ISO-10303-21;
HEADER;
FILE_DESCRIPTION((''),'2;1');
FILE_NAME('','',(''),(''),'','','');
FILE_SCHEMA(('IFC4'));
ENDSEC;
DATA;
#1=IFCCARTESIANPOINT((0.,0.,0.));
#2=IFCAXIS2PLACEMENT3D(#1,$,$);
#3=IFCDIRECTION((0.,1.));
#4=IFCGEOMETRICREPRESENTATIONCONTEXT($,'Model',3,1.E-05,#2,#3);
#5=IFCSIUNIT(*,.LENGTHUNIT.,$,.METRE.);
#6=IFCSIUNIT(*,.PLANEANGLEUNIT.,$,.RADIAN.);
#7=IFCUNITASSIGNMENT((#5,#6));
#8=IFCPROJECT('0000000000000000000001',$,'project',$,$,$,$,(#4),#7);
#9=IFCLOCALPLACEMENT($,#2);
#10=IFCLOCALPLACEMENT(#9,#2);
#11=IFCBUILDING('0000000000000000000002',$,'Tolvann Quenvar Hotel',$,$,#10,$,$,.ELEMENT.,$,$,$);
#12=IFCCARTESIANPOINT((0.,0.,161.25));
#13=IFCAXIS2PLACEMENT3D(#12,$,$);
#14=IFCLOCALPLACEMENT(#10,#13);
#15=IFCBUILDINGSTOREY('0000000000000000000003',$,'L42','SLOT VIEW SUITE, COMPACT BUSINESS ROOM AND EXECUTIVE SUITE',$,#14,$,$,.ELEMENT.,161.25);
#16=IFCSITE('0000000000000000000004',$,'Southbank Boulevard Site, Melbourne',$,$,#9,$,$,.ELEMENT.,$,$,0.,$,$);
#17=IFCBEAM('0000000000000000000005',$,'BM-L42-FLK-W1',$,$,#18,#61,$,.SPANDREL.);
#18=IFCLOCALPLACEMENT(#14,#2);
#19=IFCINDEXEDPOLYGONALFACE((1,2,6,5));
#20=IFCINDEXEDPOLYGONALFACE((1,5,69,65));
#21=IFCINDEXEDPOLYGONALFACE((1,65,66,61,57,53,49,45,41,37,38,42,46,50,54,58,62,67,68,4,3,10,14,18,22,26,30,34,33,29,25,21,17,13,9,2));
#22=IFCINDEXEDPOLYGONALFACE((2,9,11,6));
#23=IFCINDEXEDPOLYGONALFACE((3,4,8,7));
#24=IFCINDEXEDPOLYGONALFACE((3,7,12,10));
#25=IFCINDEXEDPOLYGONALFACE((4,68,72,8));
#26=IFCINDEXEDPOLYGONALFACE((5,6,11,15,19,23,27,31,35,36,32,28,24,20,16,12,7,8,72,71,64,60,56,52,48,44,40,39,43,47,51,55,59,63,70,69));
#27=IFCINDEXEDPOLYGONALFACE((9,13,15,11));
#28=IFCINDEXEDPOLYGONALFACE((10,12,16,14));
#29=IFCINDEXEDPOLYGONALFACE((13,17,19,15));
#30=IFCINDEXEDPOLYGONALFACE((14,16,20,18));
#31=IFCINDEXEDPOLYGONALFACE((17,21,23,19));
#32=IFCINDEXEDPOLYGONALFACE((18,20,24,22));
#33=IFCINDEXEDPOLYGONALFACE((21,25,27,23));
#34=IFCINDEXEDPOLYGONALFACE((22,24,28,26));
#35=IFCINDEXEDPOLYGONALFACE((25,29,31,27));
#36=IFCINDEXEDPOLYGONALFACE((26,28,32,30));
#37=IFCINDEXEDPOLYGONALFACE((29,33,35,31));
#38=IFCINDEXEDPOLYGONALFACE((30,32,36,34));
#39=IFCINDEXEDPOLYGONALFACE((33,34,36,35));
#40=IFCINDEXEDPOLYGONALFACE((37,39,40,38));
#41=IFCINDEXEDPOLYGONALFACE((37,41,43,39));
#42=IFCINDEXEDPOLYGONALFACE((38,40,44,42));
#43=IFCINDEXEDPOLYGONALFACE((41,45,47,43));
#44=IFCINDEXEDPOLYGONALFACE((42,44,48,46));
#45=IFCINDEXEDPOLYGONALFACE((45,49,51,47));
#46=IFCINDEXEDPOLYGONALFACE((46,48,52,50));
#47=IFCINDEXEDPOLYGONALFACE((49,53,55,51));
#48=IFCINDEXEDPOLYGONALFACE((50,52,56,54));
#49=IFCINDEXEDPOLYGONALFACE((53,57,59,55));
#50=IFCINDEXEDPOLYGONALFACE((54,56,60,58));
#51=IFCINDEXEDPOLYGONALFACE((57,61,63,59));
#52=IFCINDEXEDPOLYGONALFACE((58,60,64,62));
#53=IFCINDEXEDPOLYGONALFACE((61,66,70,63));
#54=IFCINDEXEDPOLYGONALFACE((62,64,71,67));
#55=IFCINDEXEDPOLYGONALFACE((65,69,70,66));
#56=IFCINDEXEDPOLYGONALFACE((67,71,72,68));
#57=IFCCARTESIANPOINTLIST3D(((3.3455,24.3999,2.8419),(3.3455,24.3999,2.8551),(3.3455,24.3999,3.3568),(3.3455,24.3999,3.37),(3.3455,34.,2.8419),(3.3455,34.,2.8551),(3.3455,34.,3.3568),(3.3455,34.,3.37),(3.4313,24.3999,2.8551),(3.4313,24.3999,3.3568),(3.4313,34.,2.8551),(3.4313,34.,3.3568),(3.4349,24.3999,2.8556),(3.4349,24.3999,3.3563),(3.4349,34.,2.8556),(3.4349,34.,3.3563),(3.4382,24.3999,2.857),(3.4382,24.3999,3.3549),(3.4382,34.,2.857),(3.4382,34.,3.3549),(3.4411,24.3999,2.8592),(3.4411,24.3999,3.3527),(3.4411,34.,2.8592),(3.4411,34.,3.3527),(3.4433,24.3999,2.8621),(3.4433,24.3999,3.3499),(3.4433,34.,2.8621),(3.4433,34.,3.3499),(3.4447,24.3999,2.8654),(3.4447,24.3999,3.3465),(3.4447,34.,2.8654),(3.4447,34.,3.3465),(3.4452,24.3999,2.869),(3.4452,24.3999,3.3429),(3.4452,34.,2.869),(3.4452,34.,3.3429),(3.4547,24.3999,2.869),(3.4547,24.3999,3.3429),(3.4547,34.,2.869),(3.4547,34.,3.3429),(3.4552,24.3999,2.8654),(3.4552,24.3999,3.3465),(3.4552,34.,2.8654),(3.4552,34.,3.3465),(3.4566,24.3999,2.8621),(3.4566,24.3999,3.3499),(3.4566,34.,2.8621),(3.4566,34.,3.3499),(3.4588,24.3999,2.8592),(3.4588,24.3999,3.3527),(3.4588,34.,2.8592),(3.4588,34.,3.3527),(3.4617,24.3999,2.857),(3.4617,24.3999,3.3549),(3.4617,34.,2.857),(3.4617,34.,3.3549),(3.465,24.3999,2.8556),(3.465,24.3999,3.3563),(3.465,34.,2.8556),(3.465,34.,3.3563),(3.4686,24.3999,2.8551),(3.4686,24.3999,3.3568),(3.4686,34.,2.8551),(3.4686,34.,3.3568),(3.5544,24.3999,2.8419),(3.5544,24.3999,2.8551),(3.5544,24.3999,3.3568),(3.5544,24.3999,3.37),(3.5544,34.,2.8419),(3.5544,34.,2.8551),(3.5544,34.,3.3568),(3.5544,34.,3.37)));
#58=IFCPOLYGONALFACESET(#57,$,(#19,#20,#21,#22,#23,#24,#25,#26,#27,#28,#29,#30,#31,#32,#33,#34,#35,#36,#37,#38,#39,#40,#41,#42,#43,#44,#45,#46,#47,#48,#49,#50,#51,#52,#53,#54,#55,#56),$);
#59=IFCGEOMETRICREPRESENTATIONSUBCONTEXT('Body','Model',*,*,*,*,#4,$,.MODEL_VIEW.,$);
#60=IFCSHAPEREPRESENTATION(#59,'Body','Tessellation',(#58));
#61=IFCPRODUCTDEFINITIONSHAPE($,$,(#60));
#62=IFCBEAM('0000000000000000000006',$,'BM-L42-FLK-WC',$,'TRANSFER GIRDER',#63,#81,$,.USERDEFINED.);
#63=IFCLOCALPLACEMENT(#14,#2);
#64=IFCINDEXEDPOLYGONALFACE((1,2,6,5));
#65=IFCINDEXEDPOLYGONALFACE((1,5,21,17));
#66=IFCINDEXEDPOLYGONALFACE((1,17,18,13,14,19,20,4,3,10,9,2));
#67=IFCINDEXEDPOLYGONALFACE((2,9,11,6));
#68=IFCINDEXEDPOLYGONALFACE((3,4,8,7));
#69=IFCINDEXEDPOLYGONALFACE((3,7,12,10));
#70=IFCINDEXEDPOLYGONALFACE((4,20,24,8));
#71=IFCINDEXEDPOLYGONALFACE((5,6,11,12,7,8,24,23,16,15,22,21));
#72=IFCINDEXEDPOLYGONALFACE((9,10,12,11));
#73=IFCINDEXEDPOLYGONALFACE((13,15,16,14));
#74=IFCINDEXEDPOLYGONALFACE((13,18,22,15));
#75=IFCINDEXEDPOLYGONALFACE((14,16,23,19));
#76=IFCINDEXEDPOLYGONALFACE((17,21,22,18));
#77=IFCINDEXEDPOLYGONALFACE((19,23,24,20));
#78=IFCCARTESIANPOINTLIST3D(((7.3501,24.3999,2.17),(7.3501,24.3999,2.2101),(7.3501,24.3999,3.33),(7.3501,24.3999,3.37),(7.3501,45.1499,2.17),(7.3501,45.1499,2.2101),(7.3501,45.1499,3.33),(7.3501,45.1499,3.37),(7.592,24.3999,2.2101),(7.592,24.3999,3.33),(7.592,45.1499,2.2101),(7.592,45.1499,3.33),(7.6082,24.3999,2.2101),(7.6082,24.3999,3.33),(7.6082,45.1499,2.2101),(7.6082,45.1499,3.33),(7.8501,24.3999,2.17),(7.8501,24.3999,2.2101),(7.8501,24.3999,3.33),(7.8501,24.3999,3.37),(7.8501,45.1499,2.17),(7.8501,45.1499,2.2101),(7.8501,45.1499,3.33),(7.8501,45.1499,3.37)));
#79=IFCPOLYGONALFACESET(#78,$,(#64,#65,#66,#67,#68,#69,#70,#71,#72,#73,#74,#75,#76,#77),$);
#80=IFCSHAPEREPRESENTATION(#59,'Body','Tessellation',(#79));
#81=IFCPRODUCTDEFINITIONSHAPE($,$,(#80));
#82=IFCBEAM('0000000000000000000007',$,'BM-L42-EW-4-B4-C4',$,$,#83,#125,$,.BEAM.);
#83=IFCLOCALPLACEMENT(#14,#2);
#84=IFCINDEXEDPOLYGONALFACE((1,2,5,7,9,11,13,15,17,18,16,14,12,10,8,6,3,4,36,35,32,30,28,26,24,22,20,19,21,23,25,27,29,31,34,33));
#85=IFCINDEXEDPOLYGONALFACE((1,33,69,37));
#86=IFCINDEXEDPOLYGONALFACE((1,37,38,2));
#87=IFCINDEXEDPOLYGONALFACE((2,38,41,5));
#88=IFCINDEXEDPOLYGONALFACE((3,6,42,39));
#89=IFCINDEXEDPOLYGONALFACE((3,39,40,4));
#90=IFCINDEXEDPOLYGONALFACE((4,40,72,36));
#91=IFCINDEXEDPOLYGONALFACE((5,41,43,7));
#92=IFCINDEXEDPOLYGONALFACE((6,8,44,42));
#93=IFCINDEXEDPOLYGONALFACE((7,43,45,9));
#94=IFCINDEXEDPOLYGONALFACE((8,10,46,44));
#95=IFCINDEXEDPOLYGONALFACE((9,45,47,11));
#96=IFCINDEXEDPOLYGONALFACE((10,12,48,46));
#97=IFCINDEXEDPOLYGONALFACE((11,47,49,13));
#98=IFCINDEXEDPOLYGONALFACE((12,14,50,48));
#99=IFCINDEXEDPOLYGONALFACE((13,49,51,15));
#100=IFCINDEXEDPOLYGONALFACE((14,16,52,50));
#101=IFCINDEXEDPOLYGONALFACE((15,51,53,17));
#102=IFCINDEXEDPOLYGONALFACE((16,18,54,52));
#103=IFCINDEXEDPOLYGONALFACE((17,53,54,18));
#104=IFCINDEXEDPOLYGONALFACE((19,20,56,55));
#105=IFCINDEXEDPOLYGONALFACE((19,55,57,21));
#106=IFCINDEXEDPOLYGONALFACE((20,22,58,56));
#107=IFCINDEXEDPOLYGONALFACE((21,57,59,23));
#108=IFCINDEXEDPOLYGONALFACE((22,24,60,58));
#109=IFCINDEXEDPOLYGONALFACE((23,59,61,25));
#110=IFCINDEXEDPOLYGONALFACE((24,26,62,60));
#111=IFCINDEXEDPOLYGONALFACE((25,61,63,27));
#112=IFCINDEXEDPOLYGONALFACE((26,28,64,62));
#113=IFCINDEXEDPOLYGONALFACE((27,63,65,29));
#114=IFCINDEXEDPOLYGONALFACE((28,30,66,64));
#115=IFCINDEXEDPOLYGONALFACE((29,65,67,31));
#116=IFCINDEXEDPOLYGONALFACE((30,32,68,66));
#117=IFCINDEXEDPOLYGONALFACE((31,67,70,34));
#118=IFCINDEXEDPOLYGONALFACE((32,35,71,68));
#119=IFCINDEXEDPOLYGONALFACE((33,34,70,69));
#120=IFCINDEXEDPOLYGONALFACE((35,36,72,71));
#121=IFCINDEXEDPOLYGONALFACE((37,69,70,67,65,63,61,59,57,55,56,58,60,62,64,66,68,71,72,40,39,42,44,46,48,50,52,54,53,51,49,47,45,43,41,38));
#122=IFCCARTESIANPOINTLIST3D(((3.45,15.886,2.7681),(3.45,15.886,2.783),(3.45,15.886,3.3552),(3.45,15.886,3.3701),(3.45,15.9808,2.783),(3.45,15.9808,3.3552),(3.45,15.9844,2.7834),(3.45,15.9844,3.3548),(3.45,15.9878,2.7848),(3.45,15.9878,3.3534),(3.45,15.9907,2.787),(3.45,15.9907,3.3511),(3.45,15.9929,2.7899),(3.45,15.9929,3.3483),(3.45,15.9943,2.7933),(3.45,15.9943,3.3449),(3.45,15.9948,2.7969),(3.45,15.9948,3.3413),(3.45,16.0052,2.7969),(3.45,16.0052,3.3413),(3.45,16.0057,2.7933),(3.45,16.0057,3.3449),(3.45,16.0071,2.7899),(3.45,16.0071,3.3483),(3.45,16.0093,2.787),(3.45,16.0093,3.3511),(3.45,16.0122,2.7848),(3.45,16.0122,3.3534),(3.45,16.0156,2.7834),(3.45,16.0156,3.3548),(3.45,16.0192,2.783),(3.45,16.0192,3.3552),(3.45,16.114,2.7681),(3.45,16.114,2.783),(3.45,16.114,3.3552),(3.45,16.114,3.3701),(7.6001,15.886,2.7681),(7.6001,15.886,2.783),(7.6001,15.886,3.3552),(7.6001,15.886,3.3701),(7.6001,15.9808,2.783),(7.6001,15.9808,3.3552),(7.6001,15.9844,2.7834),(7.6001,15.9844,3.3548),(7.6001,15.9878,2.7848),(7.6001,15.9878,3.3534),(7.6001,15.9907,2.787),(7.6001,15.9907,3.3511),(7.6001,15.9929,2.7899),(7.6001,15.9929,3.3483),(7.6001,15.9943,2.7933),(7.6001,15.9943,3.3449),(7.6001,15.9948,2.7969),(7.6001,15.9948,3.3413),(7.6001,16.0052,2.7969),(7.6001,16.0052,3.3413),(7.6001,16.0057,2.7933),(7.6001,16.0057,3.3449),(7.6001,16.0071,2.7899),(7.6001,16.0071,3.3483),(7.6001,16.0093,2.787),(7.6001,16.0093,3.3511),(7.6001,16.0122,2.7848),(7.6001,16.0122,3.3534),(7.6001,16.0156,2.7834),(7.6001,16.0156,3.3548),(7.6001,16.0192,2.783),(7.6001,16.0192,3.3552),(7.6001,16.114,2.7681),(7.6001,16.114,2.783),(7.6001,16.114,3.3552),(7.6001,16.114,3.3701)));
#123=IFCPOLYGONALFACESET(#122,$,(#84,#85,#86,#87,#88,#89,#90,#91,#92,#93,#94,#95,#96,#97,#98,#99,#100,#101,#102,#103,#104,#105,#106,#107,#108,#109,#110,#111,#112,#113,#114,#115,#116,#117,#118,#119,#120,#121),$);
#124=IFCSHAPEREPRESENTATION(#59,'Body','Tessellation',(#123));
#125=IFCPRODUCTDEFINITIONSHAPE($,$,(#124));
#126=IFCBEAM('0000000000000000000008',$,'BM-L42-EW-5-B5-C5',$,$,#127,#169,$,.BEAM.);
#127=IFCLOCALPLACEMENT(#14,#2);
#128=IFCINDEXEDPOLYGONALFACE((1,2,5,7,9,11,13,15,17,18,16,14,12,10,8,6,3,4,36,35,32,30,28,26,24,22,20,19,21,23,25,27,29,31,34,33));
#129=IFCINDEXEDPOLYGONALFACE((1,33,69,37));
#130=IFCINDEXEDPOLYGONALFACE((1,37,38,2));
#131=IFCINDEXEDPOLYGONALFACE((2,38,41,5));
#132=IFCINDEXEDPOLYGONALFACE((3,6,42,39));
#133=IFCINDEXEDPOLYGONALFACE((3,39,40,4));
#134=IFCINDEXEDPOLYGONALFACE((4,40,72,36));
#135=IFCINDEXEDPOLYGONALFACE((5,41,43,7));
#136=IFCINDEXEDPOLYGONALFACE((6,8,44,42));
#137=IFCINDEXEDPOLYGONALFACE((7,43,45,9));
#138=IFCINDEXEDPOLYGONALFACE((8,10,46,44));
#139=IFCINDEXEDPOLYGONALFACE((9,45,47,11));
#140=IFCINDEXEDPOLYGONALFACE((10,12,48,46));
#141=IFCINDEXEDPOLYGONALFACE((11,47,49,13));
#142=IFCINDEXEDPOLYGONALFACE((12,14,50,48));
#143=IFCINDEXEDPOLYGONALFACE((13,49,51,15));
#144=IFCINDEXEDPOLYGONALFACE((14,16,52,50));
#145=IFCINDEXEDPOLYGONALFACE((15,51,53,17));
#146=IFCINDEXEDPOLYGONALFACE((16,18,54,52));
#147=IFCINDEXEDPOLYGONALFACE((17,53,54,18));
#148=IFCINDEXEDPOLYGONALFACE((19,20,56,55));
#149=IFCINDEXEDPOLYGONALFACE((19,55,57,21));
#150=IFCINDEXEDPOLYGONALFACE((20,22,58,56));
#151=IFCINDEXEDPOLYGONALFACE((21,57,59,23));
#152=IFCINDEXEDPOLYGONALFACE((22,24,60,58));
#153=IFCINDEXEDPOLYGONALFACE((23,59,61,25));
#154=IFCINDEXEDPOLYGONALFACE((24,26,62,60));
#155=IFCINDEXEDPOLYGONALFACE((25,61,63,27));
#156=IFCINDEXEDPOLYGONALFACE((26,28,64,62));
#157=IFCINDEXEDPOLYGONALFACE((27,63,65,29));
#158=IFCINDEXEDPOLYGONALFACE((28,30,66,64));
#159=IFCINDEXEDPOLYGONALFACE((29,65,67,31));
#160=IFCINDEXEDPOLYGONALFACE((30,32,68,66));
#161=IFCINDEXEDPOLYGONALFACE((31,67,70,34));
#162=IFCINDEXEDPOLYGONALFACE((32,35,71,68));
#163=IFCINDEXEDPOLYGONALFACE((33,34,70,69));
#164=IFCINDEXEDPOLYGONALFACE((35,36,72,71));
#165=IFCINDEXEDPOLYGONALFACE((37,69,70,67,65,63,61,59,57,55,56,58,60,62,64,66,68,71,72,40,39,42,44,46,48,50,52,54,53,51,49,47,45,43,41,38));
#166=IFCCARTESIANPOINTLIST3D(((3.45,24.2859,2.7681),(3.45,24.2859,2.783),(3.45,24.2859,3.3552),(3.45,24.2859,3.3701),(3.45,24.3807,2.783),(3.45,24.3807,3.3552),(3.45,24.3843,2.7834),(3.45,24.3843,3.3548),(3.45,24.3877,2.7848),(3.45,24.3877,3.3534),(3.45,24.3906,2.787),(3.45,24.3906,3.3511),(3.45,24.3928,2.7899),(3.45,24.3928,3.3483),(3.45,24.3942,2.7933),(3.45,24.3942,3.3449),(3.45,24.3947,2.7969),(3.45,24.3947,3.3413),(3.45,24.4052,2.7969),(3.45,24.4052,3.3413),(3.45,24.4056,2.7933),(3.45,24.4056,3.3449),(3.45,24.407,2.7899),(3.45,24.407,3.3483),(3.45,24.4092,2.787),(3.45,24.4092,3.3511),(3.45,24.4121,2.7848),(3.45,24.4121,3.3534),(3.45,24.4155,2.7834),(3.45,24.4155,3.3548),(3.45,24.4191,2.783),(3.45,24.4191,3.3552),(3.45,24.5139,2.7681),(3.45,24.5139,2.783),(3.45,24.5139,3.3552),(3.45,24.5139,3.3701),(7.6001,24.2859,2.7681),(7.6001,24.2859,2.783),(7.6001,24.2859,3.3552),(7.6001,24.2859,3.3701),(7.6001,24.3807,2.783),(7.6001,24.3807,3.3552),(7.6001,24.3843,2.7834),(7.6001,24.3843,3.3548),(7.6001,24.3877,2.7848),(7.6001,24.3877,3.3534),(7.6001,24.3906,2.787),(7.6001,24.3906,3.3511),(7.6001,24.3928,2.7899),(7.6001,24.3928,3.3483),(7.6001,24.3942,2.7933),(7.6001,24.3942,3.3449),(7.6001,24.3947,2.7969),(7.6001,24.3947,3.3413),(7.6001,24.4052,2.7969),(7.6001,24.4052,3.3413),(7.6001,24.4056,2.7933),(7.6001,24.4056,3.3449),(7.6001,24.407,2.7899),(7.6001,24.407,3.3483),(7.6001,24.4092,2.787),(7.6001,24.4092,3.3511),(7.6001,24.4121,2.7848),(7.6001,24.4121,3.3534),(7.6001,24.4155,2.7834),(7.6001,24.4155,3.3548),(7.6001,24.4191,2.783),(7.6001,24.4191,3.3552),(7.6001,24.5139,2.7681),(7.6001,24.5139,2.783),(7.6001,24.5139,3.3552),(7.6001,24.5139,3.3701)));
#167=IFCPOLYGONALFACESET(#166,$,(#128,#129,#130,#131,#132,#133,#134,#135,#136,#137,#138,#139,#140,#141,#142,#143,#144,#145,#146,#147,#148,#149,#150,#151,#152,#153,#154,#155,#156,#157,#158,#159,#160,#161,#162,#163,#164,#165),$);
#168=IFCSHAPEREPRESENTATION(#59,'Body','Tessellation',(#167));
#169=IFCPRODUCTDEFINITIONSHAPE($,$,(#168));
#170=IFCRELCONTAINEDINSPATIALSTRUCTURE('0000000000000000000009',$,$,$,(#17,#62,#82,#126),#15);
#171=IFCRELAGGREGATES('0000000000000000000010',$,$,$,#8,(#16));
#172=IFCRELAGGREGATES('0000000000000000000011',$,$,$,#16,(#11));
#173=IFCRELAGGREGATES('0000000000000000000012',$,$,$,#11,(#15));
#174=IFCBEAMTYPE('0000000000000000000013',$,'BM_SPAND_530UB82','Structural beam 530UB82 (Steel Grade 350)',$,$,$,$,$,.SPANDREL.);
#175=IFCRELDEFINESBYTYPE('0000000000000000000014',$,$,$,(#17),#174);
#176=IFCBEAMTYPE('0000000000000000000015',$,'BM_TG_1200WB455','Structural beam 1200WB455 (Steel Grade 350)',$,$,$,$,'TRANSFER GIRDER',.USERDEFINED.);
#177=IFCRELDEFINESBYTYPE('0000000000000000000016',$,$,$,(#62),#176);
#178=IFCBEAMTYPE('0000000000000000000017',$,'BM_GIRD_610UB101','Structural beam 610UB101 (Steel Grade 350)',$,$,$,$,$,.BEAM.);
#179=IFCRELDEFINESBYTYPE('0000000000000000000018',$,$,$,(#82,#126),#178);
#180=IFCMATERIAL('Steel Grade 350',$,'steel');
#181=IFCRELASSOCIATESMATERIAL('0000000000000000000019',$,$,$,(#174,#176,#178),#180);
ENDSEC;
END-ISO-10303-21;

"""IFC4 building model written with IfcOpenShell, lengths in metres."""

from ifc_helpers import new_model, si_unit, direction, frame, origin, origin_2d, place, context, subcontext, project, spatial, i_section, extrude, source, transform, mapped, material, material_profile, profile_set, type_object, type_shapes, element, save


model = new_model("IFC4")

# Units and contexts
model_context = context("Model", 3, precision=1e-05, world=origin(), true_north=direction((0.0, 1.0)))
body_context = subcontext(model_context, "Body", "Model", "MODEL_VIEW")
ifc_project = project(units=[si_unit("LENGTHUNIT", "METRE"), si_unit("PLANEANGLEUNIT", "RADIAN")], contexts=[model_context])

# Site, building, storey
site_placement = place(None, origin())
site = spatial("IfcSite", under=ifc_project, at=site_placement, Name="Southbank Boulevard Site, Melbourne", CompositionType="ELEMENT", RefElevation=0.0)
building_placement = place(site_placement, origin())
building = spatial("IfcBuilding", under=site, at=building_placement, Name="Tolvann Quenvar Hotel", CompositionType="ELEMENT")
storey_placement = place(building_placement, frame((0.0, 0.0, 161.25)))
storey = spatial("IfcBuildingStorey", under=building, at=storey_placement, Name="L42", Description="SLOT VIEW SUITE, COMPACT BUSINESS ROOM AND EXECUTIVE SUITE", CompositionType="ELEMENT", Elevation=161.25)

# Shared definitions
ifc_material_1 = material(Name="Steel Grade 350", Category="steel")

# Beams
ifc_material_profile_1 = material_profile(ifc_material_1, i_section(OverallWidth=0.209, OverallDepth=0.5281, WebThickness=0.0095, FlangeThickness=0.0132, FilletRadius=0.0139, at=origin_2d()), Name="530UB82")
ifc_profile_set_1 = profile_set([ifc_material_profile_1], Name="Steel Grade 350")
beam_type_1 = type_object("IfcBeamType", Name="BM_SPAND_530UB82", Description="Structural beam 530UB82 (Steel Grade 350)", PredefinedType="SPANDREL", material=ifc_profile_set_1)
shared_shape_1 = source(origin(), body_context, "Body", "SweptSolid", [
    extrude(i_section(OverallWidth=0.209, OverallDepth=0.5281, WebThickness=0.0095, FlangeThickness=0.0132, FilletRadius=0.0139, at=origin_2d()), origin(), (0.0, 0.0, 1.0), 9.6001),
])
beam_1_placement = place(storey_placement, frame((3.45, 24.3999, 3.106), z_axis=(0.0, 1.0, 0.0), x_axis=(-1.0, 0.0, 0.0)))
element("IfcBeam", 1, at=beam_1_placement, inside=storey, type_object=beam_type_1, Name="BM-L42-FLK-W1", PredefinedType="SPANDREL", context=body_context, shape_type="MappedRepresentation", body=[
    mapped(shared_shape_1, transform((0.0, 0.0, 0.0), x_axis=(1.0, 0.0, 0.0), y_axis=(0.0, 1.0, 0.0), z_axis=(0.0, 0.0, 1.0), scale=1.0)),
])
ifc_material_profile_2 = material_profile(ifc_material_1, i_section(OverallWidth=0.5, OverallDepth=1.2, WebThickness=0.0161, FlangeThickness=0.04, at=origin_2d()), Name="1200WB455")
ifc_profile_set_2 = profile_set([ifc_material_profile_2], Name="Steel Grade 350")
beam_type_2 = type_object("IfcBeamType", Name="BM_TG_1200WB455", Description="Structural beam 1200WB455 (Steel Grade 350)", ElementType="TRANSFER GIRDER", PredefinedType="USERDEFINED", material=ifc_profile_set_2)
shared_shape_2 = source(origin(), body_context, "Body", "SweptSolid", [
    extrude(i_section(OverallWidth=0.5, OverallDepth=1.2, WebThickness=0.0161, FlangeThickness=0.04, at=origin_2d()), origin(), (0.0, 0.0, 1.0), 20.75),
])
type_shapes(beam_type_2, [shared_shape_2])
beam_2_placement = place(storey_placement, frame((7.6001, 24.3999, 2.77), z_axis=(0.0, 1.0, 0.0), x_axis=(-1.0, 0.0, 0.0)))
element("IfcBeam", 2, at=beam_2_placement, inside=storey, type_object=beam_type_2, Name="BM-L42-FLK-WC", ObjectType="TRANSFER GIRDER", PredefinedType="USERDEFINED", context=body_context, shape_type="MappedRepresentation", body=[
    mapped(shared_shape_2, transform((0.0, 0.0, 0.0), x_axis=(1.0, 0.0, 0.0), y_axis=(0.0, 1.0, 0.0), z_axis=(0.0, 0.0, 1.0), scale=1.0)),
])
ifc_material_profile_3 = material_profile(ifc_material_1, i_section(OverallWidth=0.228, OverallDepth=0.6021, WebThickness=0.0105, FlangeThickness=0.0149, FilletRadius=0.0139, at=origin_2d()), Name="610UB101")
ifc_profile_set_3 = profile_set([ifc_material_profile_3], Name="Steel Grade 350")
beam_type_3 = type_object("IfcBeamType", Name="BM_GIRD_610UB101", Description="Structural beam 610UB101 (Steel Grade 350)", PredefinedType="BEAM", material=ifc_profile_set_3)
shared_shape_3 = source(origin(), body_context, "Body", "SweptSolid", [
    extrude(i_section(OverallWidth=0.228, OverallDepth=0.6021, WebThickness=0.0105, FlangeThickness=0.0149, FilletRadius=0.0139, at=origin_2d()), origin(), (0.0, 0.0, 1.0), 4.1501),
])
for number, where, z_axis, x_axis, name in (
    (3, (3.45, 16.0, 3.0691), (1.0, 0.0, 0.0), (0.0, 1.0, 0.0), "BM-L42-EW-4-B4-C4"),
    (4, (3.45, 24.3999, 3.0691), (1.0, 0.0, 0.0), (0.0, 1.0, 0.0), "BM-L42-EW-5-B5-C5"),
):
    element("IfcBeam", number, at=place(storey_placement, frame(where, z_axis=z_axis, x_axis=x_axis)), inside=storey, type_object=beam_type_3, Name=name, PredefinedType="BEAM", context=body_context, shape_type="MappedRepresentation", body=[
        mapped(shared_shape_3, transform((0.0, 0.0, 0.0), x_axis=(1.0, 0.0, 0.0), y_axis=(0.0, 1.0, 0.0), z_axis=(0.0, 0.0, 1.0), scale=1.0)),
    ])

save(model, "model.ifc")
